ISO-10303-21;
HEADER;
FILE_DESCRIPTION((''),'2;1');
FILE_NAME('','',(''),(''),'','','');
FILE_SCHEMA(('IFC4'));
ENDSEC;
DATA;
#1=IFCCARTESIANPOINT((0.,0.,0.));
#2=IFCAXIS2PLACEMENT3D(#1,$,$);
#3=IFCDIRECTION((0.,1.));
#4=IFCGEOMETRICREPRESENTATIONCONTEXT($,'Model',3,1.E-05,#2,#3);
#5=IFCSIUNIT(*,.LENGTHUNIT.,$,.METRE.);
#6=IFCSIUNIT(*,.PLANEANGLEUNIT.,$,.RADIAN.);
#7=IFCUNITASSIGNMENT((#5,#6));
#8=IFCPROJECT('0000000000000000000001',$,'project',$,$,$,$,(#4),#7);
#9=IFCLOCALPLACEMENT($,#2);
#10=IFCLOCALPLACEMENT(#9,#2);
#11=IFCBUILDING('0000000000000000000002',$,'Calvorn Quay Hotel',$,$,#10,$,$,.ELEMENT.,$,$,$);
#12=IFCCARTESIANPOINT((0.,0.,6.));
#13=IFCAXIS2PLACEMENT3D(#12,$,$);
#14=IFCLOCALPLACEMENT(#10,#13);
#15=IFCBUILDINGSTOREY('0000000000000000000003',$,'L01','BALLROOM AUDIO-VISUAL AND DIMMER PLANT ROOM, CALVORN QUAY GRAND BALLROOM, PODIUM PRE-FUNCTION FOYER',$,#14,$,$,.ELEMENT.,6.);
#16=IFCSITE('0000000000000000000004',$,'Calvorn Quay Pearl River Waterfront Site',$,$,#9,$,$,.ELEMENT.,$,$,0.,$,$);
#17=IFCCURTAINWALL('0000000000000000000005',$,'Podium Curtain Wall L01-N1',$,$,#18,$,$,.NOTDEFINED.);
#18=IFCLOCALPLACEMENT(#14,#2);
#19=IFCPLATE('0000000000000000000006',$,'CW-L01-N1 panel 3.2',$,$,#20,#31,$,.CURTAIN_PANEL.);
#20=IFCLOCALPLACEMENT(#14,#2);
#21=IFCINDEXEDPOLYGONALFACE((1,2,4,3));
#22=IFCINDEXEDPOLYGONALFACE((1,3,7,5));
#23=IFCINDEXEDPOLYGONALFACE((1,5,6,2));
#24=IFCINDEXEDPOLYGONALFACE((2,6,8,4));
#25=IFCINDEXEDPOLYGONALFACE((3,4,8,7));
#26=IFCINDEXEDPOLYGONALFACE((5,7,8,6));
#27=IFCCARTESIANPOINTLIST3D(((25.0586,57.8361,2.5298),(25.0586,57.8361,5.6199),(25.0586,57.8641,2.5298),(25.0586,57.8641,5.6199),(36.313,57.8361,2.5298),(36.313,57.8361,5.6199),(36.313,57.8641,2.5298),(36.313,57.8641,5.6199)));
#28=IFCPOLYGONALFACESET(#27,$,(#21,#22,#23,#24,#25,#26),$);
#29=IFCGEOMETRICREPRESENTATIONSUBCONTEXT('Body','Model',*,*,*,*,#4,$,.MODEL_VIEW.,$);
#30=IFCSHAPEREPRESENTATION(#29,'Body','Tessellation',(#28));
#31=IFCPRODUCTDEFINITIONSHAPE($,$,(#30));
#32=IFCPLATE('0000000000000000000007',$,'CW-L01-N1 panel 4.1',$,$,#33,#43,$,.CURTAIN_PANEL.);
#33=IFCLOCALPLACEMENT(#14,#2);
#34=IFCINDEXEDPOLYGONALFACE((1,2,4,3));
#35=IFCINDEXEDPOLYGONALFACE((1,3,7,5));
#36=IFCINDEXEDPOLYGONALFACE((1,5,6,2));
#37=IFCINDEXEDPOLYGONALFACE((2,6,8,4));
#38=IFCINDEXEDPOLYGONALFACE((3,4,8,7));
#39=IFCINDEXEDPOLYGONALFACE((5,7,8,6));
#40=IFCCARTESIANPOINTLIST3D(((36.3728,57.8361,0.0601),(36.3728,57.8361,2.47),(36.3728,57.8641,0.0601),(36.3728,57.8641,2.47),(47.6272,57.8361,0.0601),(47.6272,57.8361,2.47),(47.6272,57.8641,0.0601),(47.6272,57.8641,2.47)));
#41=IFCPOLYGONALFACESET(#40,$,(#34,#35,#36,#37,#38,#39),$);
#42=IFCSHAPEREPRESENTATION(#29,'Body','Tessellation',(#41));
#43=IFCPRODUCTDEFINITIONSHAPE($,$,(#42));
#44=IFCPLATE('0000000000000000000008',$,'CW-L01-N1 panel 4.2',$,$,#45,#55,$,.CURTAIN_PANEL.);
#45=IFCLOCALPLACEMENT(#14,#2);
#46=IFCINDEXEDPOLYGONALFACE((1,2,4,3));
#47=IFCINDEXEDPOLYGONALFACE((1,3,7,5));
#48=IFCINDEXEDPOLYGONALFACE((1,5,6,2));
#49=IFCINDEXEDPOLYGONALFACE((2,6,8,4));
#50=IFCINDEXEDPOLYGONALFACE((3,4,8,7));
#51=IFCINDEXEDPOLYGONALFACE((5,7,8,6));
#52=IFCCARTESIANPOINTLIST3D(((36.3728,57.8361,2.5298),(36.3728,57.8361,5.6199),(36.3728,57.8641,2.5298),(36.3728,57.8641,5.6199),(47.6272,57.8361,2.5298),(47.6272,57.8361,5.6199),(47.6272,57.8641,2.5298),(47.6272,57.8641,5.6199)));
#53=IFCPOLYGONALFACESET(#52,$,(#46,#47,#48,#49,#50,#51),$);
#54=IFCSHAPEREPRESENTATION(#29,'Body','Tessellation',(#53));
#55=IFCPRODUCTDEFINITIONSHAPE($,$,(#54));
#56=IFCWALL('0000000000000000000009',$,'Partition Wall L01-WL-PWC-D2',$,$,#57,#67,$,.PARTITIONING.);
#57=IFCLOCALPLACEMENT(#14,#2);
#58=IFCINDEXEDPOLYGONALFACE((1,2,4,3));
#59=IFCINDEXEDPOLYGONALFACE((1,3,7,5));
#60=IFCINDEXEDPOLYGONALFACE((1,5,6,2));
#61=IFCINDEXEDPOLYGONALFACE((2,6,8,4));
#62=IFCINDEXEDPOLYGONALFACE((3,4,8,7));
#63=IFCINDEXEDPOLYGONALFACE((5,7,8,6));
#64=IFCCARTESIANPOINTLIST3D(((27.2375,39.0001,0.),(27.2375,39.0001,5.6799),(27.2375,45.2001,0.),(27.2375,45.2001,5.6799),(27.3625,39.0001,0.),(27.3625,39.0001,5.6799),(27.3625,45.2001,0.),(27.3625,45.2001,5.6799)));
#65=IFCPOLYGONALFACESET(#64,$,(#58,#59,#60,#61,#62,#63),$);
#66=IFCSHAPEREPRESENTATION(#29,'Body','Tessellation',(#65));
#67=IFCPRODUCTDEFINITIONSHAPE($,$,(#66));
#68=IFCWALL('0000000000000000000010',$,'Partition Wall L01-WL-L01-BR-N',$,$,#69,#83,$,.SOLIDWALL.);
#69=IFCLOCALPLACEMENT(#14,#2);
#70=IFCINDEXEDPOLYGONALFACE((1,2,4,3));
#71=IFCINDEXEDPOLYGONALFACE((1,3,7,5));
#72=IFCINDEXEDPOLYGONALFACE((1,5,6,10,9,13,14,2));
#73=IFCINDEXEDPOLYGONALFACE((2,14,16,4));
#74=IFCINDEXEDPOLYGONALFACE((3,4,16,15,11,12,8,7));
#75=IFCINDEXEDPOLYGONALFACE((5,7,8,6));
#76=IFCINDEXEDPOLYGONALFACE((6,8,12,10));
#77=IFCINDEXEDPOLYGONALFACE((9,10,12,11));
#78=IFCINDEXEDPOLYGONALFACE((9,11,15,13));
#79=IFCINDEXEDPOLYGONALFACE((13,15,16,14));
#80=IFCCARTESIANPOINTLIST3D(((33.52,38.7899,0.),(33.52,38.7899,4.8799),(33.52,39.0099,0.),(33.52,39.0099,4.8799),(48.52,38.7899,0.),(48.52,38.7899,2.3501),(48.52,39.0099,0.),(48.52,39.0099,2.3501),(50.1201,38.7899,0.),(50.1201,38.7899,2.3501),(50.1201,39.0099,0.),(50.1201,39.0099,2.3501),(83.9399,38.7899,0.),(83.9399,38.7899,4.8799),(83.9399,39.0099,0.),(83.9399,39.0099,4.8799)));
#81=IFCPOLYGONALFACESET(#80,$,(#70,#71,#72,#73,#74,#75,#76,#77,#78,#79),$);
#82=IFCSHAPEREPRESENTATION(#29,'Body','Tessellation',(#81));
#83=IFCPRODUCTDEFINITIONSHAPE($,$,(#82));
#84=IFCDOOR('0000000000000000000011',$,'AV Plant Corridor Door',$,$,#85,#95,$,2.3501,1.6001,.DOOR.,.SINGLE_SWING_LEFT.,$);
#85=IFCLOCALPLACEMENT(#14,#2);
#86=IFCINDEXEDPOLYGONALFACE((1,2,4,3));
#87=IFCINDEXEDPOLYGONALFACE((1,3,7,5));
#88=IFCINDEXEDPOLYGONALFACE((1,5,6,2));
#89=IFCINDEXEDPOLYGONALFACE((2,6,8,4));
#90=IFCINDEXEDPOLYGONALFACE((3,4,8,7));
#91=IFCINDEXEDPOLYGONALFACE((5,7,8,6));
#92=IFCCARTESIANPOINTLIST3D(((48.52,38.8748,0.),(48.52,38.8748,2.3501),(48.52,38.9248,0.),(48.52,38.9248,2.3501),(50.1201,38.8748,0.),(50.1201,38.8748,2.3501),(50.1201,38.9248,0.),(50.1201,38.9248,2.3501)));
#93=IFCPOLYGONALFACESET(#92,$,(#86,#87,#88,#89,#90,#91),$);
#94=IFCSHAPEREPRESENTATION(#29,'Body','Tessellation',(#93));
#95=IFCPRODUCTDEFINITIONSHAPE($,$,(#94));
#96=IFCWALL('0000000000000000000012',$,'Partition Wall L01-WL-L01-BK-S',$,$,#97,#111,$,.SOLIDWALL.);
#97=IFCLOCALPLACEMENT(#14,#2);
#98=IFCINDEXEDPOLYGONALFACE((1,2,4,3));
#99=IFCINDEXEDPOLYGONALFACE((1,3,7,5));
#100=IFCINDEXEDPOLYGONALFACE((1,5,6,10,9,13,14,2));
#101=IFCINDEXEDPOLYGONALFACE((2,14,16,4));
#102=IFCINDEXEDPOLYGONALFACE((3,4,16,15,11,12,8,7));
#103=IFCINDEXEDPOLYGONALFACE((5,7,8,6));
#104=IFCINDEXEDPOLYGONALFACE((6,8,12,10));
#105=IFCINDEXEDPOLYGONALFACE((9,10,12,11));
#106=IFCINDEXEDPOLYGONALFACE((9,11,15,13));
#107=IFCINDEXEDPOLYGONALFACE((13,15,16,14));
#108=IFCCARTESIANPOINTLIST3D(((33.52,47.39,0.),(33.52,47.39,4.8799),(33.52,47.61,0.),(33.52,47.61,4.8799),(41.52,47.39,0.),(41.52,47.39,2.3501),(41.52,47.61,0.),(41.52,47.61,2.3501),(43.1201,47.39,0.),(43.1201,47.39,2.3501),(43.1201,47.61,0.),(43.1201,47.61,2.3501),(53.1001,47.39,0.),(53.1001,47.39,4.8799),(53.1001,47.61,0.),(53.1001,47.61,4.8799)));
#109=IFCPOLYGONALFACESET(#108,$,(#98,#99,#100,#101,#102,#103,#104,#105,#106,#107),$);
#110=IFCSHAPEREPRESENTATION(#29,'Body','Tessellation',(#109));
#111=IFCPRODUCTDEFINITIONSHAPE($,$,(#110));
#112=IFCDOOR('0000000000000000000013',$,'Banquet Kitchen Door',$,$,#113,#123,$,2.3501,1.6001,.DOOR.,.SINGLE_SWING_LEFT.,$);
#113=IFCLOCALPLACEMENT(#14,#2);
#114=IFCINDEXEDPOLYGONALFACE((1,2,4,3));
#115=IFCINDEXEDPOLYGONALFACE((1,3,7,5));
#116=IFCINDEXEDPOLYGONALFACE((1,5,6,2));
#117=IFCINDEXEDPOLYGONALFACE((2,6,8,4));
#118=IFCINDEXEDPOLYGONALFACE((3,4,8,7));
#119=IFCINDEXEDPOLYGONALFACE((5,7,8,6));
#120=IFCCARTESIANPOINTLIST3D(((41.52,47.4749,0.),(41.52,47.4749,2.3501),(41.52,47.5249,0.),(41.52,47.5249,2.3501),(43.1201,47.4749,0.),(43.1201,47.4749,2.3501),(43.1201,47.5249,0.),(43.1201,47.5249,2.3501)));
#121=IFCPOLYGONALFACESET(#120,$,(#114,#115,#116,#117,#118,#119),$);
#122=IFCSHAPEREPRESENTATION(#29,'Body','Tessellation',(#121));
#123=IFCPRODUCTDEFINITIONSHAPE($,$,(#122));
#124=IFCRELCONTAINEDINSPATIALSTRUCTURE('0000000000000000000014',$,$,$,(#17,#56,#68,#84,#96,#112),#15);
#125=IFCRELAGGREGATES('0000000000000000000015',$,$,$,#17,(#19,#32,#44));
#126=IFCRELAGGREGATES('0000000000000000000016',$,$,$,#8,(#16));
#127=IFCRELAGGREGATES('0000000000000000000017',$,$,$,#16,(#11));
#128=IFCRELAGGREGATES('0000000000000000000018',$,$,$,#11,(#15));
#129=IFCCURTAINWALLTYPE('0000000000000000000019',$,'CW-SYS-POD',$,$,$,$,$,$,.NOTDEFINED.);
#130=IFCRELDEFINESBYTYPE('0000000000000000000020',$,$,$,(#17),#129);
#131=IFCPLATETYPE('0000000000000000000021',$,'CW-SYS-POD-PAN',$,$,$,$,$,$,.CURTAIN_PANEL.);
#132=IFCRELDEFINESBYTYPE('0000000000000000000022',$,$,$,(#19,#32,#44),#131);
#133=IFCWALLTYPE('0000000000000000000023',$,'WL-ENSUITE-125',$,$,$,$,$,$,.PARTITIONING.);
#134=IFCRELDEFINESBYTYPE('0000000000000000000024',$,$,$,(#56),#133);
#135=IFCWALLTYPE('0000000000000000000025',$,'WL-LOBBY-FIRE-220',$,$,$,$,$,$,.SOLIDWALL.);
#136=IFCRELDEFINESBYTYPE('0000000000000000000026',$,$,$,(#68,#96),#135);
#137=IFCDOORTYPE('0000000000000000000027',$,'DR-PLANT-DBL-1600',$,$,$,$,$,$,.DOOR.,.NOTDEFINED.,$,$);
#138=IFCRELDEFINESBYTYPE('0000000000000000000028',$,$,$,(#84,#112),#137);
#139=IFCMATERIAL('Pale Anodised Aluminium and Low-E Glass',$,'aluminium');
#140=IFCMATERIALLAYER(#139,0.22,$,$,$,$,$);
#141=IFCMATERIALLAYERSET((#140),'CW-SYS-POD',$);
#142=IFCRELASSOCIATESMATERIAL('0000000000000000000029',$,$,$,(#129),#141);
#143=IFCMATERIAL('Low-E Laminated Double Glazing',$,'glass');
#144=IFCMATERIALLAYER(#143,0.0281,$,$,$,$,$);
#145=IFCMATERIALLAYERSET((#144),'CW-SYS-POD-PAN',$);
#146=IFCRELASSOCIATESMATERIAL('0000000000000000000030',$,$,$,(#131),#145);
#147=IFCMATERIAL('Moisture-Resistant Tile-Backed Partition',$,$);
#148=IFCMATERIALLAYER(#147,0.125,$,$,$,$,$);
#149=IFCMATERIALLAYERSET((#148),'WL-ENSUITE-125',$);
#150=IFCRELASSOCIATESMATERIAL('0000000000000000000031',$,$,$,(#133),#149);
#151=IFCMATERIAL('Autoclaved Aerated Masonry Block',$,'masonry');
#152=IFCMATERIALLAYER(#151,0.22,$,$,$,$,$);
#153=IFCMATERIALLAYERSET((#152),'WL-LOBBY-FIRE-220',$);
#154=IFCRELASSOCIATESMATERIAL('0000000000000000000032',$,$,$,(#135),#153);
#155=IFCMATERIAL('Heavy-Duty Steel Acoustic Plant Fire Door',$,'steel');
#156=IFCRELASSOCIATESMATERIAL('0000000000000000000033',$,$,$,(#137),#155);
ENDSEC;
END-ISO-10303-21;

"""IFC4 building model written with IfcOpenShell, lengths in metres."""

from ifc_helpers import new_model, si_unit, direction, frame, frame_2d, origin, origin_2d, place, context, subcontext, project, spatial, rectangle, extrude, material, layer, layer_set, type_object, element, fill, aggregate, save


model = new_model("IFC4")

# Units and contexts
model_context = context("Model", 3, precision=1e-05, world=origin(), true_north=direction((0.0, 1.0)))
body_context = subcontext(model_context, "Body", "Model", "MODEL_VIEW")
ifc_project = project(units=[si_unit("LENGTHUNIT", "METRE"), si_unit("PLANEANGLEUNIT", "RADIAN")], contexts=[model_context])

# Site, building, storey
site_placement = place(None, origin())
site = spatial("IfcSite", under=ifc_project, at=site_placement, Name="Calvorn Quay Pearl River Waterfront Site", CompositionType="ELEMENT", RefElevation=0.0)
building_placement = place(site_placement, origin())
building = spatial("IfcBuilding", under=site, at=building_placement, Name="Calvorn Quay Hotel", CompositionType="ELEMENT")
storey_placement = place(building_placement, frame((0.0, 0.0, 6.0)))
storey = spatial("IfcBuildingStorey", under=building, at=storey_placement, Name="L01", Description="BALLROOM AUDIO-VISUAL AND DIMMER PLANT ROOM, CALVORN QUAY GRAND BALLROOM, PODIUM PRE-FUNCTION FOYER", CompositionType="ELEMENT", Elevation=6.0)

# Curtain wall, plates
ifc_material_1 = material(Name="Pale Anodised Aluminium and Low-E Glass", Category="aluminium")
ifc_layer_1 = layer(ifc_material_1, 0.22)
ifc_layer_set_1 = layer_set([ifc_layer_1], Name="CW-SYS-POD")
curtain_wall_type = type_object("IfcCurtainWallType", Name="CW-SYS-POD", PredefinedType="NOTDEFINED", material=ifc_layer_set_1)
curtain_wall_placement = place(storey_placement, origin())
curtain_wall = element("IfcCurtainWall", 1, at=curtain_wall_placement, inside=storey, type_object=curtain_wall_type, Name="Podium Curtain Wall L01-N1", PredefinedType="NOTDEFINED")
ifc_material_2 = material(Name="Low-E Laminated Double Glazing", Category="glass")
ifc_layer_2 = layer(ifc_material_2, 0.0281)
ifc_layer_set_2 = layer_set([ifc_layer_2], Name="CW-SYS-POD-PAN")
plate_type = type_object("IfcPlateType", Name="CW-SYS-POD-PAN", PredefinedType="CURTAIN_PANEL", material=ifc_layer_set_2)
plate_1_placement = place(storey_placement, frame((30.6858, 57.8501, 2.5298), z_axis=(0.0, 0.0, 1.0), x_axis=(1.0, 0.0, 0.0)))
plate_1 = element("IfcPlate", 2, at=plate_1_placement, type_object=plate_type, Name="CW-L01-N1 panel 3.2", PredefinedType="CURTAIN_PANEL", context=body_context, shape_type="SweptSolid", body=[
    extrude(rectangle(XDim=11.2544, YDim=0.0281, at=origin_2d()), origin(), (0.0, 0.0, 1.0), 3.0901),
])
plate_2_placement = place(storey_placement, frame((42.0, 57.8501, 0.0601), z_axis=(0.0, 0.0, 1.0), x_axis=(1.0, 0.0, 0.0)))
plate_2 = element("IfcPlate", 3, at=plate_2_placement, type_object=plate_type, Name="CW-L01-N1 panel 4.1", PredefinedType="CURTAIN_PANEL", context=body_context, shape_type="SweptSolid", body=[
    extrude(rectangle(XDim=11.2544, YDim=0.0281, at=origin_2d()), origin(), (0.0, 0.0, 1.0), 2.4099),
])
plate_3_placement = place(storey_placement, frame((42.0, 57.8501, 2.5298), z_axis=(0.0, 0.0, 1.0), x_axis=(1.0, 0.0, 0.0)))
plate_3 = element("IfcPlate", 4, at=plate_3_placement, type_object=plate_type, Name="CW-L01-N1 panel 4.2", PredefinedType="CURTAIN_PANEL", context=body_context, shape_type="SweptSolid", body=[
    extrude(rectangle(XDim=11.2544, YDim=0.0281, at=origin_2d()), origin(), (0.0, 0.0, 1.0), 3.0901),
])
aggregate(curtain_wall, [plate_1, plate_2, plate_3])

# Wall
ifc_material_3 = material(Name="Moisture-Resistant Tile-Backed Partition")
ifc_layer_3 = layer(ifc_material_3, 0.125)
ifc_layer_set_3 = layer_set([ifc_layer_3], Name="WL-ENSUITE-125")
wall_type_1 = type_object("IfcWallType", Name="WL-ENSUITE-125", PredefinedType="PARTITIONING", material=ifc_layer_set_3)
wall_1_placement = place(storey_placement, frame((27.3, 39.0, 0.0), z_axis=(0.0, 0.0, 1.0), x_axis=(0.0, 1.0, 0.0)))
element("IfcWall", 5, at=wall_1_placement, inside=storey, type_object=wall_type_1, Name="Partition Wall L01-WL-PWC-D2", PredefinedType="PARTITIONING", context=body_context, shape_type="SweptSolid", body=[
    extrude(rectangle(XDim=6.2, YDim=0.125, at=frame_2d((3.1001, 0.0))), origin(), (0.0, 0.0, 1.0), 5.6799),
])

# Walls, openings, doors
ifc_material_4 = material(Name="Autoclaved Aerated Masonry Block", Category="masonry")
ifc_layer_4 = layer(ifc_material_4, 0.22)
ifc_layer_set_4 = layer_set([ifc_layer_4], Name="WL-LOBBY-FIRE-220")
wall_type_2 = type_object("IfcWallType", Name="WL-LOBBY-FIRE-220", PredefinedType="SOLIDWALL", material=ifc_layer_set_4)
wall_2_placement = place(storey_placement, frame((33.52, 38.8999, 0.0), z_axis=(0.0, 0.0, 1.0), x_axis=(1.0, 0.0, 0.0)))
wall_2 = element("IfcWall", 6, at=wall_2_placement, inside=storey, type_object=wall_type_2, Name="Partition Wall L01-WL-L01-BR-N", PredefinedType="SOLIDWALL", context=body_context, shape_type="SweptSolid", body=[
    extrude(rectangle(XDim=50.4199, YDim=0.22, at=frame_2d((25.21, 0.0))), origin(), (0.0, 0.0, 1.0), 4.8799),
])
opening_1_placement = place(wall_2_placement, frame((15.0, 0.0, 0.0)))
opening_1 = element("IfcOpeningElement", 7, at=opening_1_placement, cuts=wall_2, PredefinedType="OPENING", context=body_context, shape_type="SweptSolid", body=[
    extrude(rectangle(XDim=1.6001, YDim=2.3501, at=frame_2d((0.8, 1.175))), frame((0.0, 0.1199, 0.0), z_axis=(0.0, -1.0, 0.0), x_axis=(1.0, 0.0, 0.0)), (0.0, 0.0, 1.0), 0.24),
])
ifc_material_5 = material(Name="Heavy-Duty Steel Acoustic Plant Fire Door", Category="steel")
door_type = type_object("IfcDoorType", Name="DR-PLANT-DBL-1600", OperationType="NOTDEFINED", PredefinedType="DOOR", material=ifc_material_5)
door_1_placement = place(opening_1_placement, origin())
door_1 = element("IfcDoor", 8, at=door_1_placement, inside=storey, type_object=door_type, Name="AV Plant Corridor Door", OperationType="SINGLE_SWING_LEFT", OverallHeight=2.3501, OverallWidth=1.6001, PredefinedType="DOOR", context=body_context, shape_type="SweptSolid", body=[
    extrude(rectangle(XDim=1.6001, YDim=2.3501, at=frame_2d((0.8, 1.175))), frame((0.0, 0.0249, 0.0), z_axis=(0.0, -1.0, 0.0), x_axis=(1.0, 0.0, 0.0)), (0.0, 0.0, 1.0), 0.05),
])
fill(opening_1, door_1)
wall_3_placement = place(storey_placement, frame((33.52, 47.5, 0.0), z_axis=(0.0, 0.0, 1.0), x_axis=(1.0, 0.0, 0.0)))
wall_3 = element("IfcWall", 9, at=wall_3_placement, inside=storey, type_object=wall_type_2, Name="Partition Wall L01-WL-L01-BK-S", PredefinedType="SOLIDWALL", context=body_context, shape_type="SweptSolid", body=[
    extrude(rectangle(XDim=19.5801, YDim=0.22, at=frame_2d((9.79, 0.0))), origin(), (0.0, 0.0, 1.0), 4.8799),
])
opening_2_placement = place(wall_3_placement, frame((8.0, 0.0, 0.0)))
opening_2 = element("IfcOpeningElement", 10, at=opening_2_placement, cuts=wall_3, PredefinedType="OPENING", context=body_context, shape_type="SweptSolid", body=[
    extrude(rectangle(XDim=1.6001, YDim=2.3501, at=frame_2d((0.8, 1.175))), frame((0.0, 0.1199, 0.0), z_axis=(0.0, -1.0, 0.0), x_axis=(1.0, 0.0, 0.0)), (0.0, 0.0, 1.0), 0.24),
])
door_2_placement = place(opening_2_placement, origin())
door_2 = element("IfcDoor", 11, at=door_2_placement, inside=storey, type_object=door_type, Name="Banquet Kitchen Door", OperationType="SINGLE_SWING_LEFT", OverallHeight=2.3501, OverallWidth=1.6001, PredefinedType="DOOR", context=body_context, shape_type="SweptSolid", body=[
    extrude(rectangle(XDim=1.6001, YDim=2.3501, at=frame_2d((0.8, 1.175))), frame((0.0, 0.0249, 0.0), z_axis=(0.0, -1.0, 0.0), x_axis=(1.0, 0.0, 0.0)), (0.0, 0.0, 1.0), 0.05),
])
fill(opening_2, door_2)

save(model, "model.ifc")
